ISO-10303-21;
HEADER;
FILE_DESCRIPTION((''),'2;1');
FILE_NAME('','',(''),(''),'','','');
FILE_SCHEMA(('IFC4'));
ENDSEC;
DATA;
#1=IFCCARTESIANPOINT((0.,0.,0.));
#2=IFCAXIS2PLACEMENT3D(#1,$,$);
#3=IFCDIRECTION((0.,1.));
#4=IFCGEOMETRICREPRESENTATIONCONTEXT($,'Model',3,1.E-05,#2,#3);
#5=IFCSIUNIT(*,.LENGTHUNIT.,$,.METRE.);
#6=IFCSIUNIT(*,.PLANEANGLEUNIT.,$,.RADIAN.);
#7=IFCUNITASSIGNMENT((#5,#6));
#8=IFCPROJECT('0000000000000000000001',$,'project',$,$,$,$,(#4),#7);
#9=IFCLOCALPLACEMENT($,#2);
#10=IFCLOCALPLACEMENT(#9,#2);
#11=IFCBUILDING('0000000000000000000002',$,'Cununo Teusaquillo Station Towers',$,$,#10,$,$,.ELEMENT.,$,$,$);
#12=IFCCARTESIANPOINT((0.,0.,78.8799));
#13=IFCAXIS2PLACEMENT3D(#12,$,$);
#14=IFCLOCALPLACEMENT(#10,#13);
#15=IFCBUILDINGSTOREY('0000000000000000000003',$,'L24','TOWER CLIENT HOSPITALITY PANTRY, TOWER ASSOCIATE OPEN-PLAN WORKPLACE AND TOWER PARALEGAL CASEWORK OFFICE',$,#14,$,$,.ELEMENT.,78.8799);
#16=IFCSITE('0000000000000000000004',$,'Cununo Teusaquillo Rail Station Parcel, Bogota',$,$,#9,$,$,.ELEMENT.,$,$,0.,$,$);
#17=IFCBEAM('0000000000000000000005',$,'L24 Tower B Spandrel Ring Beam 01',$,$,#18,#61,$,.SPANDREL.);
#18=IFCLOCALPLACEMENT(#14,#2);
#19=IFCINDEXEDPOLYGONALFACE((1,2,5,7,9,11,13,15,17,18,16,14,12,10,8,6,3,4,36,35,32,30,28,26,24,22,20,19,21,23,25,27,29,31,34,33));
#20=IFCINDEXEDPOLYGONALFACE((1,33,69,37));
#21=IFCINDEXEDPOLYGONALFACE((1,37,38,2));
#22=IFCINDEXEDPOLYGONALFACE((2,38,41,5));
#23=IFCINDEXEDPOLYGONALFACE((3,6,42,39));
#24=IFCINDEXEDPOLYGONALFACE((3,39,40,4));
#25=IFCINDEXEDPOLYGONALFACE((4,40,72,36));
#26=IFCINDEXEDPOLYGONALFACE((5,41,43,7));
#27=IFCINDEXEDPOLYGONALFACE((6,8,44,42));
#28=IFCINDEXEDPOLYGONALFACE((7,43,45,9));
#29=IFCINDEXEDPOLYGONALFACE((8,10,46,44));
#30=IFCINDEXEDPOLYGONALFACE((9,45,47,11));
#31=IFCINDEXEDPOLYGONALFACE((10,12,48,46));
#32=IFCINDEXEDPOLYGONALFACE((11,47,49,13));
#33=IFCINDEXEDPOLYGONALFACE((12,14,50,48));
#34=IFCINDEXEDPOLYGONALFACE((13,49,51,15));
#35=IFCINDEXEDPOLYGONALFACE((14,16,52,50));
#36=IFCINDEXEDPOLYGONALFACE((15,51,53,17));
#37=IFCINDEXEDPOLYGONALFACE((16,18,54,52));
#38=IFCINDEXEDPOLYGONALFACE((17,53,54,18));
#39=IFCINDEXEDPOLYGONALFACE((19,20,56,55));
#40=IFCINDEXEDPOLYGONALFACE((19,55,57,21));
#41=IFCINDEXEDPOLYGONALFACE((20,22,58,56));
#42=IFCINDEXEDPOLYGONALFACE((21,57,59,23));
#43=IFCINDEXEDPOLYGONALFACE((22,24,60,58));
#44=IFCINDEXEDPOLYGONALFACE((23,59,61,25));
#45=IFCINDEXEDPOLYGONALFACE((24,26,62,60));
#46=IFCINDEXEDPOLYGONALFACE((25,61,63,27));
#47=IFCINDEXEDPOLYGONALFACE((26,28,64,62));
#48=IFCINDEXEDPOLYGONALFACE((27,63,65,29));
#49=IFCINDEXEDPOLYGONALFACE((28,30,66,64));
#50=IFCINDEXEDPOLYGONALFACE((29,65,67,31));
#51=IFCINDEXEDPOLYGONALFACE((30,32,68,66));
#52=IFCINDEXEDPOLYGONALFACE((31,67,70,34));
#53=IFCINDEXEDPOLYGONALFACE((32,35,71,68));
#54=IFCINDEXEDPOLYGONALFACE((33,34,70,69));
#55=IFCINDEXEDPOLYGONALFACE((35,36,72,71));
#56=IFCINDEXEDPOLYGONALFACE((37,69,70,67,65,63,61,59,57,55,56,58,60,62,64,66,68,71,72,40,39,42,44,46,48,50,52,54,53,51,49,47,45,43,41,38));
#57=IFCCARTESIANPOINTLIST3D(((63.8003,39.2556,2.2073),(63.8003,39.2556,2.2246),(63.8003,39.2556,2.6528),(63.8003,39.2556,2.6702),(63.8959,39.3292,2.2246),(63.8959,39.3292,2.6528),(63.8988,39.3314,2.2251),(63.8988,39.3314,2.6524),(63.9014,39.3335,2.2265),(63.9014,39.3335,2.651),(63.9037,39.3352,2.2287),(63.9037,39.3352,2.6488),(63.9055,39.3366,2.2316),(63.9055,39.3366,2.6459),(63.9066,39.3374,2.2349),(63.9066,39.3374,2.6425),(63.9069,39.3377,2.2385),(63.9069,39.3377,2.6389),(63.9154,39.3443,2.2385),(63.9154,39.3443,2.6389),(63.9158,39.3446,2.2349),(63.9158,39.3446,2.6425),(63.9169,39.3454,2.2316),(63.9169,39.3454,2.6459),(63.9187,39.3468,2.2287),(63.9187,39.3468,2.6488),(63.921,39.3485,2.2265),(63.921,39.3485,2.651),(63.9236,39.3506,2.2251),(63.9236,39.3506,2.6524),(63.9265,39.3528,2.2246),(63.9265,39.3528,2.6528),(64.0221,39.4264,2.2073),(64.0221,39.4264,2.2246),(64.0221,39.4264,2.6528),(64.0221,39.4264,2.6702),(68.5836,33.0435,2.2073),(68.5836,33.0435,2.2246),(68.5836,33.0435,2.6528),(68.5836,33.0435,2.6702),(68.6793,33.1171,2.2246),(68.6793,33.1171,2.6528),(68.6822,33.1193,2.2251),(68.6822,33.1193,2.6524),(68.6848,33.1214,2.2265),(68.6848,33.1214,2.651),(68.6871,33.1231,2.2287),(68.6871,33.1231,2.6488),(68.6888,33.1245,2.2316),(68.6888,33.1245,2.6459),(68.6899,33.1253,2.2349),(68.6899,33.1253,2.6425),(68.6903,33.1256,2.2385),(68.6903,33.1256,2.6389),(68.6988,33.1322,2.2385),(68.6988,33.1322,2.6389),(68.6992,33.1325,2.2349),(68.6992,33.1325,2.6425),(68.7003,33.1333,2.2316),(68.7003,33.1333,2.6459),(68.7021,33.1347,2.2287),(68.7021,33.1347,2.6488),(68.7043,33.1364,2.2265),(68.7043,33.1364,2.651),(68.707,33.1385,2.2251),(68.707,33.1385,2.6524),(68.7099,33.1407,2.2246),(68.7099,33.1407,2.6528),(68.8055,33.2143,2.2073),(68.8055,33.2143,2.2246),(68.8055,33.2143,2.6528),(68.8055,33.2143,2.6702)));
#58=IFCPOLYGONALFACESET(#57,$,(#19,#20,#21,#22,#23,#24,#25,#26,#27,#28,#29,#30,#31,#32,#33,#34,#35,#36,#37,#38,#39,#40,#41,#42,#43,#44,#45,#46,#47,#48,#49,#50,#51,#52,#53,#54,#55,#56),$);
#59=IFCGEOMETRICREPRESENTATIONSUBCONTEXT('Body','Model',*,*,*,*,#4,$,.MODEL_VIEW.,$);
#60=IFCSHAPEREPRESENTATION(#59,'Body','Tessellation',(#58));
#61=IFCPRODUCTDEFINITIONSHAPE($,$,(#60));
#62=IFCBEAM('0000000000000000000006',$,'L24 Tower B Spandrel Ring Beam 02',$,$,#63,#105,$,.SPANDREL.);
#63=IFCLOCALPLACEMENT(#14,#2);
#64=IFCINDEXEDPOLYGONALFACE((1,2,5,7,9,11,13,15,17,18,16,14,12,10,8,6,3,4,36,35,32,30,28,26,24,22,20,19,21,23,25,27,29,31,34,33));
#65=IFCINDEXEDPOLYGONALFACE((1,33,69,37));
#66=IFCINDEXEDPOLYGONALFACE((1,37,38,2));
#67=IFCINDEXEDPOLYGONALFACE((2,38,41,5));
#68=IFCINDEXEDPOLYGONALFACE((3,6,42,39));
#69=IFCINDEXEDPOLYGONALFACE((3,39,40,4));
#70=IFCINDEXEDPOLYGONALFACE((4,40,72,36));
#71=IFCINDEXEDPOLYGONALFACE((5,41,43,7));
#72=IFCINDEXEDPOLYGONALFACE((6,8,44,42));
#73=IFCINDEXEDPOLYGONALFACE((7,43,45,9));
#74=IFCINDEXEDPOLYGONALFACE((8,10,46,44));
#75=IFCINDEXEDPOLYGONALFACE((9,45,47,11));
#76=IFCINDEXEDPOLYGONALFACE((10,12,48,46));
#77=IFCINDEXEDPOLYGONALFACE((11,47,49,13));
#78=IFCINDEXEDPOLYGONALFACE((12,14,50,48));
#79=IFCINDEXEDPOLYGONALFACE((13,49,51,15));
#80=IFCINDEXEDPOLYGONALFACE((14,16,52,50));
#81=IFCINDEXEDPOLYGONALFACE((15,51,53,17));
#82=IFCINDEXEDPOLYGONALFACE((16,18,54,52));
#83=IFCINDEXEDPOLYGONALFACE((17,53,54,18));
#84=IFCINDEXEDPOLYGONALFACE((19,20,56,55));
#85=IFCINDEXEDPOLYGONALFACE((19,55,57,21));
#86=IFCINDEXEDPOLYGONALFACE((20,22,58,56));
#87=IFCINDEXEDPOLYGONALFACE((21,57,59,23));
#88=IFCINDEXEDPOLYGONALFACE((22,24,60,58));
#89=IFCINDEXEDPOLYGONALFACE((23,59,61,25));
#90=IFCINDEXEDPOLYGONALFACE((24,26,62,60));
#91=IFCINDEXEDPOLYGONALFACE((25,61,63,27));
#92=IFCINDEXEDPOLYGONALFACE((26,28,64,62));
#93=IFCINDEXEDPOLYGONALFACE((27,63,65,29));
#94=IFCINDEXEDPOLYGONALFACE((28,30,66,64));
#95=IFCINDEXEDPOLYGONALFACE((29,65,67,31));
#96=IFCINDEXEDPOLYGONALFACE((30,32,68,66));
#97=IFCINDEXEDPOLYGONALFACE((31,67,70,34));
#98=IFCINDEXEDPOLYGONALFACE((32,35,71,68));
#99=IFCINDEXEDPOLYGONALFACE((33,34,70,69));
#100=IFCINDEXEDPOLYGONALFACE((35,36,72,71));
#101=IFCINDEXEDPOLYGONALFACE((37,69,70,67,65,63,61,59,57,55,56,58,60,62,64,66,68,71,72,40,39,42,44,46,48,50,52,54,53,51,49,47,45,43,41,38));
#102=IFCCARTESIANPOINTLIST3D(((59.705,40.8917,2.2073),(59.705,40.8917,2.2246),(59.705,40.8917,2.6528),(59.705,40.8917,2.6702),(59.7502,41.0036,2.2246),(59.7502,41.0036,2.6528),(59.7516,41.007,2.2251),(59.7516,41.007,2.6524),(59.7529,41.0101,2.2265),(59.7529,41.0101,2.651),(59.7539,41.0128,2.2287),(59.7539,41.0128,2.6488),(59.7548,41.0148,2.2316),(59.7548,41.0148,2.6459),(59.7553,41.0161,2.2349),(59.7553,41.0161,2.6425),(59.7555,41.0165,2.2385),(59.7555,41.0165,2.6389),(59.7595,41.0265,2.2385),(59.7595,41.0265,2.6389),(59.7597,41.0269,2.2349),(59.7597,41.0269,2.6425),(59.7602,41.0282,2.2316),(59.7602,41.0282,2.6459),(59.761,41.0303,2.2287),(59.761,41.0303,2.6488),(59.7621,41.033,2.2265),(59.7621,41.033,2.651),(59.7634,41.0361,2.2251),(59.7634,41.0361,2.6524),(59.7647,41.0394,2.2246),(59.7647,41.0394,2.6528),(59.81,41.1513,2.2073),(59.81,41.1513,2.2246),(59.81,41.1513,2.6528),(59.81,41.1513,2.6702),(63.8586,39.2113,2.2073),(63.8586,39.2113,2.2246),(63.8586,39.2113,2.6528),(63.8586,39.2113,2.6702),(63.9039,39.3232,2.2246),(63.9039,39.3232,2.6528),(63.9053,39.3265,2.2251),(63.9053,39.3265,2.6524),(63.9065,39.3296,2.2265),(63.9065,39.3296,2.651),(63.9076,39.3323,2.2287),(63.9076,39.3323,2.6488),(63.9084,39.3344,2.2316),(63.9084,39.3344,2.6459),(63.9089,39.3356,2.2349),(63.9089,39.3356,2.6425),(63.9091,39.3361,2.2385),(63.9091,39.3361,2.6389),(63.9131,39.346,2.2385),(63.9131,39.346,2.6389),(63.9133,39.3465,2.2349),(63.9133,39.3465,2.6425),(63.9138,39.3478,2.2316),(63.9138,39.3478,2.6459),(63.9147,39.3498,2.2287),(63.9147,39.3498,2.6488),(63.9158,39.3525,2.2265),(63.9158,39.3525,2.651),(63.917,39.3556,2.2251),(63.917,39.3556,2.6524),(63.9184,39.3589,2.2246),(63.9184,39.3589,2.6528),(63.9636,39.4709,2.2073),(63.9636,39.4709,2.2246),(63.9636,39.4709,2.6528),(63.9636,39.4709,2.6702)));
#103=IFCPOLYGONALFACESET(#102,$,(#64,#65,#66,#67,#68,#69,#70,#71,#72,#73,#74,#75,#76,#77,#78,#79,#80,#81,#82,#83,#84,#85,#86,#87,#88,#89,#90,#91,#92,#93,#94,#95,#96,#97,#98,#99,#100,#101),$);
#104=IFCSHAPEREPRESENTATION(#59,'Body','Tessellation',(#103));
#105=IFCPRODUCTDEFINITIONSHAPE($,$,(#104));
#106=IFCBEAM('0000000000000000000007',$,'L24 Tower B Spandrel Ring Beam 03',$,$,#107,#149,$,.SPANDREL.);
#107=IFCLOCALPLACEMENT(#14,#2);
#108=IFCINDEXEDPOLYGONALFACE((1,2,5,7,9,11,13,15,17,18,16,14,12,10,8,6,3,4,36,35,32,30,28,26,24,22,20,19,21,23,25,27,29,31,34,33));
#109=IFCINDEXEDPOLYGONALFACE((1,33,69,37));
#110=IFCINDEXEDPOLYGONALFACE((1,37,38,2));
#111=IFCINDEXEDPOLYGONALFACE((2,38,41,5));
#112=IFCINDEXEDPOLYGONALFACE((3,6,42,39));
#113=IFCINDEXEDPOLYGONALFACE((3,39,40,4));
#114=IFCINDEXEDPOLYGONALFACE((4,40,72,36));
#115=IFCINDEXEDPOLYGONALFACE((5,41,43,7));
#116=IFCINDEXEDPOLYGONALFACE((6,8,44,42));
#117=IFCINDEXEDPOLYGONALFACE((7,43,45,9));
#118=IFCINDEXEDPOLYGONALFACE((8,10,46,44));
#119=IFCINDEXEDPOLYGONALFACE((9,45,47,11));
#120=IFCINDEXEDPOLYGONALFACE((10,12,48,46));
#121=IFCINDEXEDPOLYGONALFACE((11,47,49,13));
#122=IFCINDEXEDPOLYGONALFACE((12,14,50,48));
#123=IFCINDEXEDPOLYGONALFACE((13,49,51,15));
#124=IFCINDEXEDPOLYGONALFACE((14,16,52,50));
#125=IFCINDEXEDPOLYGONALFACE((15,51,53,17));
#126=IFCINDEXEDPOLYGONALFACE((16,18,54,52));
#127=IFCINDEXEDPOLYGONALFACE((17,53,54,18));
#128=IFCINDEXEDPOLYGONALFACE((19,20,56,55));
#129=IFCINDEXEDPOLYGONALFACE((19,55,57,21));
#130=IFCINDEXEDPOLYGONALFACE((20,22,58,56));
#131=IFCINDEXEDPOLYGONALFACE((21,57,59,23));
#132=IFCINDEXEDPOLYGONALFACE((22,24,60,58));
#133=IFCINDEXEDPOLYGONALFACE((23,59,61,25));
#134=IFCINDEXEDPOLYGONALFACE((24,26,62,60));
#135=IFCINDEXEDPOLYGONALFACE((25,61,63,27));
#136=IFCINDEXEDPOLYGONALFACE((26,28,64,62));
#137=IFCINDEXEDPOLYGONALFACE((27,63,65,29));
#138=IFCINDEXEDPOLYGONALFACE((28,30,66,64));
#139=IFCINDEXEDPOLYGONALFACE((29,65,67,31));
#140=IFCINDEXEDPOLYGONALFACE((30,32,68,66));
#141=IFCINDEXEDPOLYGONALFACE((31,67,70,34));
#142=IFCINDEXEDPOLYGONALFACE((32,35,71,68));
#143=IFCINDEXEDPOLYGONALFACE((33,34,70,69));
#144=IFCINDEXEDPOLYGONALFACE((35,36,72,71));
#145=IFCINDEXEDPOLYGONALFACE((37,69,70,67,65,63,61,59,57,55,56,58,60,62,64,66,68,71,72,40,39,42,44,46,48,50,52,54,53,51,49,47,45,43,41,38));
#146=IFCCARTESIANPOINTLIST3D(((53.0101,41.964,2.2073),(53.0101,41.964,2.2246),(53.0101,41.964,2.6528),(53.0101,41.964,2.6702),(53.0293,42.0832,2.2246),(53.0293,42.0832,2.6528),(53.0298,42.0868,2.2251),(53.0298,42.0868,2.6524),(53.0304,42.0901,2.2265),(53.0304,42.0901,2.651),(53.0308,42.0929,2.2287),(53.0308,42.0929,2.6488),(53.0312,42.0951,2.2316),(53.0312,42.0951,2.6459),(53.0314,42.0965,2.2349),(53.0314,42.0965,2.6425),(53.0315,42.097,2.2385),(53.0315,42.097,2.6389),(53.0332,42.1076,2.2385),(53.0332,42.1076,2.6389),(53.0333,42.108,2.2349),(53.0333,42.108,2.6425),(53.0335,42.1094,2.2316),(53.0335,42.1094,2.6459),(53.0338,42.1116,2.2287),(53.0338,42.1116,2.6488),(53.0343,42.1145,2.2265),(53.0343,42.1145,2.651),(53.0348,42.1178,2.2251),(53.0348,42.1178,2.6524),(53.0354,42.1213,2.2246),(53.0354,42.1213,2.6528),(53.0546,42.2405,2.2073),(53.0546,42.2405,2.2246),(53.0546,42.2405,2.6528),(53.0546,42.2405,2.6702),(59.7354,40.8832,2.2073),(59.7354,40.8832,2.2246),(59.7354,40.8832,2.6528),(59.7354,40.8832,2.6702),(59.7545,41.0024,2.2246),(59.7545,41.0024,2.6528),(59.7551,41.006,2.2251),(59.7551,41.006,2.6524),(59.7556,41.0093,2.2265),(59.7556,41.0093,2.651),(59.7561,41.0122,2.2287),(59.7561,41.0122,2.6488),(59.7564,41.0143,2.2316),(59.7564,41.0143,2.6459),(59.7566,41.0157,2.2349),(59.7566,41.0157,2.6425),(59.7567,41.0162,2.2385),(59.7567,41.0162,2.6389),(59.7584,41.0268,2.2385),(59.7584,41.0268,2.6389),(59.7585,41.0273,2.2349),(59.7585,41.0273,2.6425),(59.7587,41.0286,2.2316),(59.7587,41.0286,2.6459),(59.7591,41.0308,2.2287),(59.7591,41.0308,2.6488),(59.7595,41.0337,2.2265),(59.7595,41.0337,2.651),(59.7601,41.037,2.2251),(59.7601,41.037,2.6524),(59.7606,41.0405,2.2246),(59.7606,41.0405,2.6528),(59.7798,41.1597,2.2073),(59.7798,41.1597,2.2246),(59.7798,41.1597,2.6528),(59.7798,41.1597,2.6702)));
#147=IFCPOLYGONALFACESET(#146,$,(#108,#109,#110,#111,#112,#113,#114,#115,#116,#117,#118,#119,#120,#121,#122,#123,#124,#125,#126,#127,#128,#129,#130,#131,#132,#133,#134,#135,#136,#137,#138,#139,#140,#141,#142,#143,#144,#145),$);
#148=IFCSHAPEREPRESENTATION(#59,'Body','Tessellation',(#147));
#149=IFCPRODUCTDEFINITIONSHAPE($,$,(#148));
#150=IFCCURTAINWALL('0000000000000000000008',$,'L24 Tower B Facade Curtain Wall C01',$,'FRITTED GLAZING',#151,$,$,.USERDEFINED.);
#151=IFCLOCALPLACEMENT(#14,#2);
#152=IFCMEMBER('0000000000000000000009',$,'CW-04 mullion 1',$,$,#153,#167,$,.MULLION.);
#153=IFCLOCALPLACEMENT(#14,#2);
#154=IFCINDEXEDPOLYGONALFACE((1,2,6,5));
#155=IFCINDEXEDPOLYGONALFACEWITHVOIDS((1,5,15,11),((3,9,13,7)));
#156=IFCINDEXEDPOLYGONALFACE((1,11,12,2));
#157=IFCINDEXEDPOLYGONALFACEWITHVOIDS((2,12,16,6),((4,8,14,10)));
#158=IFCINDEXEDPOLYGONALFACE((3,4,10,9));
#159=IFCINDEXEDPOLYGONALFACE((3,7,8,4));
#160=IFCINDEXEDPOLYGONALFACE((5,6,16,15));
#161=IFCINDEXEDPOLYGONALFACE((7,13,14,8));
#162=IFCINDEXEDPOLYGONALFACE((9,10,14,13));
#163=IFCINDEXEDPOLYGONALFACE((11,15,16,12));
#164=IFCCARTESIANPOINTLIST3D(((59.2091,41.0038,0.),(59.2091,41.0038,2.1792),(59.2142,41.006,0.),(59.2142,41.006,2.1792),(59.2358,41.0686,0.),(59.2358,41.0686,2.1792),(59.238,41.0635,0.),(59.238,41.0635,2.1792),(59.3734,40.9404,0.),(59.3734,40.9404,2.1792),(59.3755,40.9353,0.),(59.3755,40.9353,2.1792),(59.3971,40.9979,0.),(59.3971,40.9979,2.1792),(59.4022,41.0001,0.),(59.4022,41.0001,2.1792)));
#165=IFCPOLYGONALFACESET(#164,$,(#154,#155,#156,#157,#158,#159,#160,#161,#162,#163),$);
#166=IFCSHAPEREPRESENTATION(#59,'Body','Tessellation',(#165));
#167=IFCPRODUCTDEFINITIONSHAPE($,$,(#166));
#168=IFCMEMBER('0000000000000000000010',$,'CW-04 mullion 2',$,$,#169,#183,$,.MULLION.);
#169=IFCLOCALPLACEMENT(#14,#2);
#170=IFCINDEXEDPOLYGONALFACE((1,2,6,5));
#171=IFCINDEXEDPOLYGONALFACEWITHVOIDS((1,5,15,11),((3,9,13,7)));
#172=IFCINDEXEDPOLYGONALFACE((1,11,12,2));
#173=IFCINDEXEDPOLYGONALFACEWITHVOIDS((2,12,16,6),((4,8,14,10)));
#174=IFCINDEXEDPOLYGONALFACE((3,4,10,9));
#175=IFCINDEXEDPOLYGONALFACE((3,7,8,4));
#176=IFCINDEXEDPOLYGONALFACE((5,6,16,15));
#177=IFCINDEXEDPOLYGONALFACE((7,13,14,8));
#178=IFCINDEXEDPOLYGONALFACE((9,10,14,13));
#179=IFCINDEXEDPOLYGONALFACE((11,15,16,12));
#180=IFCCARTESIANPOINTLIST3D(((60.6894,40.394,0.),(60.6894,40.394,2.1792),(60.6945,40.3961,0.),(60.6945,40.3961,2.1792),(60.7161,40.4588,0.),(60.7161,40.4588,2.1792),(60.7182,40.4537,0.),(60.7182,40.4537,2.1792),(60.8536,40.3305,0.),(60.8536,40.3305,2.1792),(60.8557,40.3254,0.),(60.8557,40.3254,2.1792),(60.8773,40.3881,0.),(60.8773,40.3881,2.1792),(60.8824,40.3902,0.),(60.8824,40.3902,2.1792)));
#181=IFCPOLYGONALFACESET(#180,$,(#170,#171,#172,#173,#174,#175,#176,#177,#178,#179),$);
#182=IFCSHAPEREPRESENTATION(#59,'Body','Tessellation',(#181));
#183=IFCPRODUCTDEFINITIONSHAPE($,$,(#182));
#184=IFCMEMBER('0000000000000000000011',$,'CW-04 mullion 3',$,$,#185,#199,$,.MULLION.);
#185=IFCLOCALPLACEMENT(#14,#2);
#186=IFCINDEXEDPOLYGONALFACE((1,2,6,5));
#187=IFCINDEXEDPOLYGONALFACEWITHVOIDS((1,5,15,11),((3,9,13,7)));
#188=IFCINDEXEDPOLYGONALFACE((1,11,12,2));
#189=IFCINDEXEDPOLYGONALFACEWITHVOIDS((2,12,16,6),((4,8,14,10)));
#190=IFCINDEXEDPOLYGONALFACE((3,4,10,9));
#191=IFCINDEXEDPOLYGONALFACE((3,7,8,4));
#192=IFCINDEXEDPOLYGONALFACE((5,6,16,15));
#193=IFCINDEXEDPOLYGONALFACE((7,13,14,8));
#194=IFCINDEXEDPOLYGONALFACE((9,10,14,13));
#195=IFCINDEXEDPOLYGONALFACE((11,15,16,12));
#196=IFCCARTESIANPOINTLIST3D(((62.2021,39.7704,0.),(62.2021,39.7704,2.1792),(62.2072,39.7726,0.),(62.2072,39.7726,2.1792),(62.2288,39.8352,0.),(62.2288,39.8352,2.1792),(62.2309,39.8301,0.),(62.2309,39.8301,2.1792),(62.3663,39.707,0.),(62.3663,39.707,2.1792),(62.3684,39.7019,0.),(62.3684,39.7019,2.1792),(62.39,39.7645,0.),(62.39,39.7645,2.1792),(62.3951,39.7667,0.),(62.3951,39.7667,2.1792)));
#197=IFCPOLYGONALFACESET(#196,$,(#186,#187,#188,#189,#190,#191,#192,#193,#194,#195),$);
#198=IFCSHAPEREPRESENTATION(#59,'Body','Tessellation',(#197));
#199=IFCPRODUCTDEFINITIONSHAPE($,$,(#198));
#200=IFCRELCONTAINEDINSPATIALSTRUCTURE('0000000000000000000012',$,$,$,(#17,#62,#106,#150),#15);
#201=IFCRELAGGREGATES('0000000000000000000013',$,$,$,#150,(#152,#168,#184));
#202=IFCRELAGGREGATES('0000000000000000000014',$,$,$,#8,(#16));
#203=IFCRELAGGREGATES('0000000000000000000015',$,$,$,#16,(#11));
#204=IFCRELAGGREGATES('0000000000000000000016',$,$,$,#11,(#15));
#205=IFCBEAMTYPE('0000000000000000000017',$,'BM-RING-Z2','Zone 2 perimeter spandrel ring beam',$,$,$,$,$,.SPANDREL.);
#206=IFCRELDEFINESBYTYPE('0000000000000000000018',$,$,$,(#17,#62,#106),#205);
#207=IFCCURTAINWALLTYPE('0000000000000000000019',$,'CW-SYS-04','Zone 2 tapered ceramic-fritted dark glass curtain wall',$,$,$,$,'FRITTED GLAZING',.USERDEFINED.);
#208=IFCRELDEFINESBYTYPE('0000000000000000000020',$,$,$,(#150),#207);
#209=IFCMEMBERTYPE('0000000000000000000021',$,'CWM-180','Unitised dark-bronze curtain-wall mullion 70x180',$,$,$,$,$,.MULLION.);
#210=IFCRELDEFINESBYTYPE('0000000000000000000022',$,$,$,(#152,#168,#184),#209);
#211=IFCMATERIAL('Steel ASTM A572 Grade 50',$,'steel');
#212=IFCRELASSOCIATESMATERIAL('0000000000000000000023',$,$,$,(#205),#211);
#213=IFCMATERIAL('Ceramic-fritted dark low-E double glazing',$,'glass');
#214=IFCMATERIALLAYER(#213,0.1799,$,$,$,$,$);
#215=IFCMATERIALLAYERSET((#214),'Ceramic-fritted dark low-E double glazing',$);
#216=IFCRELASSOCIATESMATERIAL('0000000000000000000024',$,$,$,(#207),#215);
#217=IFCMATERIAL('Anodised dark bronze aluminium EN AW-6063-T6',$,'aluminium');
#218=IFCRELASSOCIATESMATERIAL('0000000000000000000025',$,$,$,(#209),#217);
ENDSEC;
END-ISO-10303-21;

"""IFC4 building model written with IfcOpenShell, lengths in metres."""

from ifc_helpers import new_model, si_unit, direction, frame, origin, origin_2d, place, context, subcontext, project, spatial, hollow_rectangle, i_section, extrude, material, layer, layer_set, material_profile, profile_set, type_object, element, aggregate, save


model = new_model("IFC4")

# Units and contexts
model_context = context("Model", 3, precision=1e-05, world=origin(), true_north=direction((0.0, 1.0)))
body_context = subcontext(model_context, "Body", "Model", "MODEL_VIEW")
ifc_project = project(units=[si_unit("LENGTHUNIT", "METRE"), si_unit("PLANEANGLEUNIT", "RADIAN")], contexts=[model_context])

# Site, building, storey
site_placement = place(None, origin())
site = spatial("IfcSite", under=ifc_project, at=site_placement, Name="Cununo Teusaquillo Rail Station Parcel, Bogota", CompositionType="ELEMENT", RefElevation=0.0)
building_placement = place(site_placement, origin())
building = spatial("IfcBuilding", under=site, at=building_placement, Name="Cununo Teusaquillo Station Towers", CompositionType="ELEMENT")
storey_placement = place(building_placement, frame((0.0, 0.0, 78.8799)))
storey = spatial("IfcBuildingStorey", under=building, at=storey_placement, Name="L24", Description="TOWER CLIENT HOSPITALITY PANTRY, TOWER ASSOCIATE OPEN-PLAN WORKPLACE AND TOWER PARALEGAL CASEWORK OFFICE", CompositionType="ELEMENT", Elevation=78.8799)

# Beams
ifc_material_1 = material(Name="Steel ASTM A572 Grade 50", Category="steel")
ifc_material_profile_1 = material_profile(ifc_material_1, i_section(OverallWidth=0.28, OverallDepth=0.4629, WebThickness=0.0107, FlangeThickness=0.0173, FilletRadius=0.0139, at=origin_2d()), Name="W18X76")
ifc_profile_set_1 = profile_set([ifc_material_profile_1], Name="Steel ASTM A572 Grade 50")
beam_type = type_object("IfcBeamType", Name="BM-RING-Z2", Description="Zone 2 perimeter spandrel ring beam", PredefinedType="SPANDREL", material=ifc_profile_set_1)
beam_1_placement = place(storey_placement, frame((68.6946, 33.1289, 2.4387), z_axis=(-0.6101, 0.792324, 0.0), x_axis=(-0.792324, -0.6101, 0.0)))
element("IfcBeam", 1, at=beam_1_placement, inside=storey, type_object=beam_type, Name="L24 Tower B Spandrel Ring Beam 01", PredefinedType="SPANDREL", context=body_context, shape_type="SweptSolid", body=[
    extrude(i_section(OverallWidth=0.28, OverallDepth=0.4629, WebThickness=0.0107, FlangeThickness=0.0173, FilletRadius=0.0139, at=origin_2d()), origin(), (0.0, 0.0, 1.0), 7.8403),
])
beam_2_placement = place(storey_placement, frame((63.9111, 39.3411, 2.4387), z_axis=(-0.927008, 0.375042, 0.0), x_axis=(-0.375042, -0.927008, 0.0)))
element("IfcBeam", 2, at=beam_2_placement, inside=storey, type_object=beam_type, Name="L24 Tower B Spandrel Ring Beam 02", PredefinedType="SPANDREL", context=body_context, shape_type="SweptSolid", body=[
    extrude(i_section(OverallWidth=0.28, OverallDepth=0.4629, WebThickness=0.0107, FlangeThickness=0.0173, FilletRadius=0.0139, at=origin_2d()), origin(), (0.0, 0.0, 1.0), 4.4807),
])
beam_3_placement = place(storey_placement, frame((59.7576, 41.0215, 2.4387), z_axis=(-0.987331, 0.158671, 0.0), x_axis=(-0.158671, -0.987331, 0.0)))
element("IfcBeam", 3, at=beam_3_placement, inside=storey, type_object=beam_type, Name="L24 Tower B Spandrel Ring Beam 03", PredefinedType="SPANDREL", context=body_context, shape_type="SweptSolid", body=[
    extrude(i_section(OverallWidth=0.28, OverallDepth=0.4629, WebThickness=0.0107, FlangeThickness=0.0173, FilletRadius=0.0139, at=origin_2d()), origin(), (0.0, 0.0, 1.0), 6.8115),
])

# Curtain wall, members
ifc_material_2 = material(Name="Ceramic-fritted dark low-E double glazing", Category="glass")
ifc_layer_1 = layer(ifc_material_2, 0.1799)
ifc_layer_set_1 = layer_set([ifc_layer_1], Name="Ceramic-fritted dark low-E double glazing")
curtain_wall_type = type_object("IfcCurtainWallType", Name="CW-SYS-04", Description="Zone 2 tapered ceramic-fritted dark glass curtain wall", ElementType="FRITTED GLAZING", PredefinedType="USERDEFINED", material=ifc_layer_set_1)
curtain_wall_placement = place(storey_placement, origin())
curtain_wall = element("IfcCurtainWall", 4, at=curtain_wall_placement, inside=storey, type_object=curtain_wall_type, Name="L24 Tower B Facade Curtain Wall C01", ObjectType="FRITTED GLAZING", PredefinedType="USERDEFINED")
ifc_material_3 = material(Name="Anodised dark bronze aluminium EN AW-6063-T6", Category="aluminium")
ifc_material_profile_2 = material_profile(ifc_material_3, hollow_rectangle(XDim=0.0701, YDim=0.1799, WallThickness=0.0039, at=origin_2d()), Name="CW-MULL-70x180")
ifc_profile_set_2 = profile_set([ifc_material_profile_2], Name="Anodised dark bronze aluminium EN AW-6063-T6")
member_type_1 = type_object("IfcMemberType", Name="CWM-180", Description="Unitised dark-bronze curtain-wall mullion 70x180", PredefinedType="MULLION", material=ifc_profile_set_2)
member_1_placement = place(storey_placement, frame((59.3057, 41.002, 0.0), z_axis=(0.0, 0.0, 1.0), x_axis=(0.381031, 0.924562, 0.0)))
member_1 = element("IfcMember", 5, at=member_1_placement, type_object=member_type_1, Name="CW-04 mullion 1", PredefinedType="MULLION", context=body_context, shape_type="SweptSolid", body=[
    extrude(hollow_rectangle(XDim=0.0701, YDim=0.1799, WallThickness=0.0039, at=origin_2d()), origin(), (0.0, 0.0, 1.0), 2.1792),
])
member_2_placement = place(storey_placement, frame((60.7859, 40.3921, 0.0), z_axis=(0.0, 0.0, 1.0), x_axis=(0.381031, 0.924562, 0.0)))
member_2 = element("IfcMember", 6, at=member_2_placement, type_object=member_type_1, Name="CW-04 mullion 2", PredefinedType="MULLION", context=body_context, shape_type="SweptSolid", body=[
    extrude(hollow_rectangle(XDim=0.0701, YDim=0.1799, WallThickness=0.0039, at=origin_2d()), origin(), (0.0, 0.0, 1.0), 2.1792),
])
member_3_placement = place(storey_placement, frame((62.2986, 39.7686, 0.0), z_axis=(0.0, 0.0, 1.0), x_axis=(0.381031, 0.924562, 0.0)))
member_3 = element("IfcMember", 7, at=member_3_placement, type_object=member_type_1, Name="CW-04 mullion 3", PredefinedType="MULLION", context=body_context, shape_type="SweptSolid", body=[
    extrude(hollow_rectangle(XDim=0.0701, YDim=0.1799, WallThickness=0.0039, at=origin_2d()), origin(), (0.0, 0.0, 1.0), 2.1792),
])

aggregate(curtain_wall, [member_1, member_2, member_3])

save(model, "model.ifc")
